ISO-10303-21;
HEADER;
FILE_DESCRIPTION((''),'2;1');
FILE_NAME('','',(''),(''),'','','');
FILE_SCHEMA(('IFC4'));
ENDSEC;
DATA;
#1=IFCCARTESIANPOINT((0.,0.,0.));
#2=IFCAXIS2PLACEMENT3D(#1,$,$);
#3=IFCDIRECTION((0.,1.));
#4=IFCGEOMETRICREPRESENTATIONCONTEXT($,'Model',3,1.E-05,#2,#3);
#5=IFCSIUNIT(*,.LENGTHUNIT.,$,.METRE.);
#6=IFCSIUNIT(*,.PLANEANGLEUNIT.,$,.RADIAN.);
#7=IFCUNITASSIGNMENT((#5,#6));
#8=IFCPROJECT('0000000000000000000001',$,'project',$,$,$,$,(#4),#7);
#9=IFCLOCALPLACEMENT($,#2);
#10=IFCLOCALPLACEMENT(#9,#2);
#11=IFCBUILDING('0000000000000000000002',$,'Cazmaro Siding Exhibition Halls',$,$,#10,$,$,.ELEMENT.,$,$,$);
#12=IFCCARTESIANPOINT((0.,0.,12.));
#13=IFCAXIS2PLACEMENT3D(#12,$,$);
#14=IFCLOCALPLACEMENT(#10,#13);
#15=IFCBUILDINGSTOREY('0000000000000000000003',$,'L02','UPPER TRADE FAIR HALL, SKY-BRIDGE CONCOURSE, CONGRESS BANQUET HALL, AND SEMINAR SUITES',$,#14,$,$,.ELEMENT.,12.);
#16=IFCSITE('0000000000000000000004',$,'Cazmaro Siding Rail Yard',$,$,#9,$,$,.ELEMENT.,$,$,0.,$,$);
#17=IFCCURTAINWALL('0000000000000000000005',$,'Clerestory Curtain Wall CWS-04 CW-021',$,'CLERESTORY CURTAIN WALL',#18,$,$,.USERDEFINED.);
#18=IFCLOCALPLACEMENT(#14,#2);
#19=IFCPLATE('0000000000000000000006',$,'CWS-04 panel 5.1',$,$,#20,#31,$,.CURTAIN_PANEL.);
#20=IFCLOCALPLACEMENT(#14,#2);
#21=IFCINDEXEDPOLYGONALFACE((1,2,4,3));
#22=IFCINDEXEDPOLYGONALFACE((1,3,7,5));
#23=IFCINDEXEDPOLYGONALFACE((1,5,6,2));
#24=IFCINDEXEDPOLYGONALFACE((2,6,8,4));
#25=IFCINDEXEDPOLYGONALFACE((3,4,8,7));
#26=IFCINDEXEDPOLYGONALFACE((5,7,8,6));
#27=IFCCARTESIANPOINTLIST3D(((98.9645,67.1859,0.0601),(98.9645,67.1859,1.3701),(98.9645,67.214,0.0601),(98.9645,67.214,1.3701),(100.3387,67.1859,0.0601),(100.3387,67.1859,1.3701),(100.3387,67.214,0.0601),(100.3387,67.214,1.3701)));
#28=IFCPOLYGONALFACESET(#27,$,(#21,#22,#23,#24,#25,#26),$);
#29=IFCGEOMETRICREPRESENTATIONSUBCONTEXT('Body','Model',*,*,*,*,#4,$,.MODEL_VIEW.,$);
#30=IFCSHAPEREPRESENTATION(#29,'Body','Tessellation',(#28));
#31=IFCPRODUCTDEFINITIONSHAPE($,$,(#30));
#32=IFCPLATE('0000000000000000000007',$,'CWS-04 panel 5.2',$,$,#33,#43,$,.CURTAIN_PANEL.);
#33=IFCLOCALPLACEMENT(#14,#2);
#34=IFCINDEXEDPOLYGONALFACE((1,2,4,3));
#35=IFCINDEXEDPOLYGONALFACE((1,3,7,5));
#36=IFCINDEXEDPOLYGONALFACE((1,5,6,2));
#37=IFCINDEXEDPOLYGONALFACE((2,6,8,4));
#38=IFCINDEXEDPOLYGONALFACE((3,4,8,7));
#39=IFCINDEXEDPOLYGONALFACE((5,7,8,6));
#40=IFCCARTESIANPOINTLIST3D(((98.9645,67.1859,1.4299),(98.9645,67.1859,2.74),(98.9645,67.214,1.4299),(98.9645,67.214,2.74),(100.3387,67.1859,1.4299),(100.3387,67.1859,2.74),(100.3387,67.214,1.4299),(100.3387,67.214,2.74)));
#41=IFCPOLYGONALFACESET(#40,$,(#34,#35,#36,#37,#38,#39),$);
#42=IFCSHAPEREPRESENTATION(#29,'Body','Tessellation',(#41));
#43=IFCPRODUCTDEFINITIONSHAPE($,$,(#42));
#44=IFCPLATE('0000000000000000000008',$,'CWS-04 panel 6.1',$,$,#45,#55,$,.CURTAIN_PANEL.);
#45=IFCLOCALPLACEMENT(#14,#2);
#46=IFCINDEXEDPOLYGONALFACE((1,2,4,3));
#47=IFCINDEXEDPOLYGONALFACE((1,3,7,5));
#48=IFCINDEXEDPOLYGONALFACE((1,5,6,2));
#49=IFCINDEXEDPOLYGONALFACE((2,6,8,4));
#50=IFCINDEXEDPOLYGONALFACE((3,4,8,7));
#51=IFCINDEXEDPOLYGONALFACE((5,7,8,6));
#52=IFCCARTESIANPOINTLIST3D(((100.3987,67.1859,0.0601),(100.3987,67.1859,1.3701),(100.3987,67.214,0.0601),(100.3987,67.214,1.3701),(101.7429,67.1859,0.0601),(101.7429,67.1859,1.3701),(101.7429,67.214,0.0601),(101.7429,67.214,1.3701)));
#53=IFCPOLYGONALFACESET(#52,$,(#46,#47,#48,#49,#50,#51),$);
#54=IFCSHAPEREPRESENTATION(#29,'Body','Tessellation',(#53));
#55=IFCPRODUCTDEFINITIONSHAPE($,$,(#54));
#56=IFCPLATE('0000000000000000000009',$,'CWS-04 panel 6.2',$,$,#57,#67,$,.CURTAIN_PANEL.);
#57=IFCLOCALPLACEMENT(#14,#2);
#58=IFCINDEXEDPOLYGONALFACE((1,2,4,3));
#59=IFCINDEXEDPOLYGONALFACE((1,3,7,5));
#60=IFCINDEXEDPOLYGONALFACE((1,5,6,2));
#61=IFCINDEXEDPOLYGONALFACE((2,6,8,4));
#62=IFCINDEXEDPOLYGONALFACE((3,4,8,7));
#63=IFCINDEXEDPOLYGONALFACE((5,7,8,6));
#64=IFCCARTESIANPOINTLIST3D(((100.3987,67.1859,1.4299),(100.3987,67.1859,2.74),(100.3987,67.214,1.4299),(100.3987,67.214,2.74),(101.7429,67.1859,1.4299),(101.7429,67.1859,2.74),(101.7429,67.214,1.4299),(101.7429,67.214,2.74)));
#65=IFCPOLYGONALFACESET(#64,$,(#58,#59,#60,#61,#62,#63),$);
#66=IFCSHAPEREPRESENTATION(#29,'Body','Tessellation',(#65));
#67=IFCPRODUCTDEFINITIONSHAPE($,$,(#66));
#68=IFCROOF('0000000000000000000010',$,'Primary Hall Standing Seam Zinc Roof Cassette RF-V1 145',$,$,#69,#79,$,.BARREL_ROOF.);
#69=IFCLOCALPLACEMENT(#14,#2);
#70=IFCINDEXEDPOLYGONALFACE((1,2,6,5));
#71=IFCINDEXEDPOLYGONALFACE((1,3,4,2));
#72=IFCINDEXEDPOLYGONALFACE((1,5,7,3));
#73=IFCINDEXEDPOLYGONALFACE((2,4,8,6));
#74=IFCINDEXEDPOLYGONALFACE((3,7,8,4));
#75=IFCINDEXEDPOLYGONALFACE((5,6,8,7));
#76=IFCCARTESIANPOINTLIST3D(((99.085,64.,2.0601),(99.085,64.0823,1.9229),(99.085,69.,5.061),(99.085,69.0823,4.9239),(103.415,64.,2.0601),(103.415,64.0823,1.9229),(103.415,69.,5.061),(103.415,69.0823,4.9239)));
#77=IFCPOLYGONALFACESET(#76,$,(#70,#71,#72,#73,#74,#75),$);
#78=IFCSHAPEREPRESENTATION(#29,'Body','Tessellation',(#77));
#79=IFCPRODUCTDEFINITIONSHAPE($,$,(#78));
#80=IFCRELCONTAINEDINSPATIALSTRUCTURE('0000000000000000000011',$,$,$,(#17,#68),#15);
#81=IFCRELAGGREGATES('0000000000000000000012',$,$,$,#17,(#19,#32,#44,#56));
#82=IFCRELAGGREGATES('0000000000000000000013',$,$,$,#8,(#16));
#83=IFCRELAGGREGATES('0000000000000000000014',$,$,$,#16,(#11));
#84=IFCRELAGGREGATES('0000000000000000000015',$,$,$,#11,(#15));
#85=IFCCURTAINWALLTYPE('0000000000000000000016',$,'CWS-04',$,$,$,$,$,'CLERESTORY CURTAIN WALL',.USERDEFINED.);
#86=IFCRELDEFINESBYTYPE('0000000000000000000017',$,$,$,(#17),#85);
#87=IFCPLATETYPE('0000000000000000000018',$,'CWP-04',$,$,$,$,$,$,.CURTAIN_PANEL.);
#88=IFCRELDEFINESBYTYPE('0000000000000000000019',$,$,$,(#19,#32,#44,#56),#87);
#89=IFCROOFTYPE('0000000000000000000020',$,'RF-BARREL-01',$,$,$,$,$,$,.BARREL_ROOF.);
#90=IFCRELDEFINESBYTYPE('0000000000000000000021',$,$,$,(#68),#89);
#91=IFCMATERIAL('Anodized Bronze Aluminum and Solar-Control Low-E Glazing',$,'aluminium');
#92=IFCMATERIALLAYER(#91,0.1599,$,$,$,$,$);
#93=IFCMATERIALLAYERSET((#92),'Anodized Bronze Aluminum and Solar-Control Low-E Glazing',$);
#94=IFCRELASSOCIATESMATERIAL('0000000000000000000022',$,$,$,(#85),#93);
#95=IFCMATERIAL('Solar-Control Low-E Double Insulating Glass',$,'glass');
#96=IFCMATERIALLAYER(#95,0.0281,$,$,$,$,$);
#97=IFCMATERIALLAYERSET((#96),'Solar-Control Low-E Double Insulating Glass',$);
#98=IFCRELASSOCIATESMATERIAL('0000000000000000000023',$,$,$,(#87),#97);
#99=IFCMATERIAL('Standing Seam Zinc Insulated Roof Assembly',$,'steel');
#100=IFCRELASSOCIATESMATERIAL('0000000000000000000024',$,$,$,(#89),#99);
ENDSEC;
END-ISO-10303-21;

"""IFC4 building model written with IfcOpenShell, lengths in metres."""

from ifc_helpers import new_model, si_unit, direction, frame, origin, origin_2d, place, context, subcontext, project, spatial, polyline, rectangle, outline, extrude, material, layer, layer_set, type_object, element, aggregate, save


model = new_model("IFC4")

# Units and contexts
model_context = context("Model", 3, precision=1e-05, world=origin(), true_north=direction((0.0, 1.0)))
body_context = subcontext(model_context, "Body", "Model", "MODEL_VIEW")
ifc_project = project(units=[si_unit("LENGTHUNIT", "METRE"), si_unit("PLANEANGLEUNIT", "RADIAN")], contexts=[model_context])

# Site, building, storey
site_placement = place(None, origin())
site = spatial("IfcSite", under=ifc_project, at=site_placement, Name="Cazmaro Siding Rail Yard", CompositionType="ELEMENT", RefElevation=0.0)
building_placement = place(site_placement, origin())
building = spatial("IfcBuilding", under=site, at=building_placement, Name="Cazmaro Siding Exhibition Halls", CompositionType="ELEMENT")
storey_placement = place(building_placement, frame((0.0, 0.0, 12.0)))
storey = spatial("IfcBuildingStorey", under=building, at=storey_placement, Name="L02", Description="UPPER TRADE FAIR HALL, SKY-BRIDGE CONCOURSE, CONGRESS BANQUET HALL, AND SEMINAR SUITES", CompositionType="ELEMENT", Elevation=12.0)

# Curtain wall
ifc_material_1 = material(Name="Anodized Bronze Aluminum and Solar-Control Low-E Glazing", Category="aluminium")
ifc_layer_1 = layer(ifc_material_1, 0.1599)
ifc_layer_set_1 = layer_set([ifc_layer_1], Name="Anodized Bronze Aluminum and Solar-Control Low-E Glazing")
curtain_wall_type = type_object("IfcCurtainWallType", Name="CWS-04", ElementType="CLERESTORY CURTAIN WALL", PredefinedType="USERDEFINED", material=ifc_layer_set_1)
curtain_wall_placement = place(storey_placement, origin())
curtain_wall = element("IfcCurtainWall", 1, at=curtain_wall_placement, inside=storey, type_object=curtain_wall_type, Name="Clerestory Curtain Wall CWS-04 CW-021", ObjectType="CLERESTORY CURTAIN WALL", PredefinedType="USERDEFINED")

# Plates
ifc_material_2 = material(Name="Solar-Control Low-E Double Insulating Glass", Category="glass")
ifc_layer_2 = layer(ifc_material_2, 0.0281)
ifc_layer_set_2 = layer_set([ifc_layer_2], Name="Solar-Control Low-E Double Insulating Glass")
plate_type_1 = type_object("IfcPlateType", Name="CWP-04", PredefinedType="CURTAIN_PANEL", material=ifc_layer_set_2)
plate_1_placement = place(storey_placement, frame((99.6516, 67.2, 0.0601), z_axis=(0.0, 0.0, 1.0), x_axis=(1.0, 0.0, 0.0)))
plate_1 = element("IfcPlate", 2, at=plate_1_placement, type_object=plate_type_1, Name="CWS-04 panel 5.1", PredefinedType="CURTAIN_PANEL", context=body_context, shape_type="SweptSolid", body=[
    extrude(rectangle(XDim=1.3743, YDim=0.0281, at=origin_2d()), origin(), (0.0, 0.0, 1.0), 1.3101),
])
plate_2_placement = place(storey_placement, frame((99.6516, 67.2, 1.4299), z_axis=(0.0, 0.0, 1.0), x_axis=(1.0, 0.0, 0.0)))
plate_2 = element("IfcPlate", 3, at=plate_2_placement, type_object=plate_type_1, Name="CWS-04 panel 5.2", PredefinedType="CURTAIN_PANEL", context=body_context, shape_type="SweptSolid", body=[
    extrude(rectangle(XDim=1.3743, YDim=0.0281, at=origin_2d()), origin(), (0.0, 0.0, 1.0), 1.3101),
])
plate_3_placement = place(storey_placement, frame((101.0708, 67.2, 0.0601), z_axis=(0.0, 0.0, 1.0), x_axis=(1.0, 0.0, 0.0)))
plate_3 = element("IfcPlate", 4, at=plate_3_placement, type_object=plate_type_1, Name="CWS-04 panel 6.1", PredefinedType="CURTAIN_PANEL", context=body_context, shape_type="SweptSolid", body=[
    extrude(rectangle(XDim=1.3442, YDim=0.0281, at=origin_2d()), origin(), (0.0, 0.0, 1.0), 1.3101),
])
plate_4_placement = place(storey_placement, frame((101.0708, 67.2, 1.4299), z_axis=(0.0, 0.0, 1.0), x_axis=(1.0, 0.0, 0.0)))
plate_4 = element("IfcPlate", 5, at=plate_4_placement, type_object=plate_type_1, Name="CWS-04 panel 6.2", PredefinedType="CURTAIN_PANEL", context=body_context, shape_type="SweptSolid", body=[
    extrude(rectangle(XDim=1.3442, YDim=0.0281, at=origin_2d()), origin(), (0.0, 0.0, 1.0), 1.3101),
])
aggregate(curtain_wall, [plate_1, plate_2, plate_3, plate_4])

# Roof
ifc_material_3 = material(Name="Standing Seam Zinc Insulated Roof Assembly", Category="steel")
roof_type = type_object("IfcRoofType", Name="RF-BARREL-01", PredefinedType="BARREL_ROOF", material=ifc_material_3)
roof_placement = place(storey_placement, frame((99.085, 64.0, 2.0601), z_axis=(0.0, -0.514619, 0.857419), x_axis=(1.0, 0.0, 0.0)))
element("IfcRoof", 6, at=roof_placement, inside=storey, type_object=roof_type, Name="Primary Hall Standing Seam Zinc Roof Cassette RF-V1 145", PredefinedType="BARREL_ROOF", context=body_context, shape_type="SweptSolid", body=[
    extrude(outline(polyline([(0.0, 0.0), (4.3301, 0.0), (4.3301, 5.8315), (0.0, 5.8315), (0.0, 0.0)])), origin(), (0.0, 0.0, -1.0), 0.1599),
])

save(model, "model.ifc")
